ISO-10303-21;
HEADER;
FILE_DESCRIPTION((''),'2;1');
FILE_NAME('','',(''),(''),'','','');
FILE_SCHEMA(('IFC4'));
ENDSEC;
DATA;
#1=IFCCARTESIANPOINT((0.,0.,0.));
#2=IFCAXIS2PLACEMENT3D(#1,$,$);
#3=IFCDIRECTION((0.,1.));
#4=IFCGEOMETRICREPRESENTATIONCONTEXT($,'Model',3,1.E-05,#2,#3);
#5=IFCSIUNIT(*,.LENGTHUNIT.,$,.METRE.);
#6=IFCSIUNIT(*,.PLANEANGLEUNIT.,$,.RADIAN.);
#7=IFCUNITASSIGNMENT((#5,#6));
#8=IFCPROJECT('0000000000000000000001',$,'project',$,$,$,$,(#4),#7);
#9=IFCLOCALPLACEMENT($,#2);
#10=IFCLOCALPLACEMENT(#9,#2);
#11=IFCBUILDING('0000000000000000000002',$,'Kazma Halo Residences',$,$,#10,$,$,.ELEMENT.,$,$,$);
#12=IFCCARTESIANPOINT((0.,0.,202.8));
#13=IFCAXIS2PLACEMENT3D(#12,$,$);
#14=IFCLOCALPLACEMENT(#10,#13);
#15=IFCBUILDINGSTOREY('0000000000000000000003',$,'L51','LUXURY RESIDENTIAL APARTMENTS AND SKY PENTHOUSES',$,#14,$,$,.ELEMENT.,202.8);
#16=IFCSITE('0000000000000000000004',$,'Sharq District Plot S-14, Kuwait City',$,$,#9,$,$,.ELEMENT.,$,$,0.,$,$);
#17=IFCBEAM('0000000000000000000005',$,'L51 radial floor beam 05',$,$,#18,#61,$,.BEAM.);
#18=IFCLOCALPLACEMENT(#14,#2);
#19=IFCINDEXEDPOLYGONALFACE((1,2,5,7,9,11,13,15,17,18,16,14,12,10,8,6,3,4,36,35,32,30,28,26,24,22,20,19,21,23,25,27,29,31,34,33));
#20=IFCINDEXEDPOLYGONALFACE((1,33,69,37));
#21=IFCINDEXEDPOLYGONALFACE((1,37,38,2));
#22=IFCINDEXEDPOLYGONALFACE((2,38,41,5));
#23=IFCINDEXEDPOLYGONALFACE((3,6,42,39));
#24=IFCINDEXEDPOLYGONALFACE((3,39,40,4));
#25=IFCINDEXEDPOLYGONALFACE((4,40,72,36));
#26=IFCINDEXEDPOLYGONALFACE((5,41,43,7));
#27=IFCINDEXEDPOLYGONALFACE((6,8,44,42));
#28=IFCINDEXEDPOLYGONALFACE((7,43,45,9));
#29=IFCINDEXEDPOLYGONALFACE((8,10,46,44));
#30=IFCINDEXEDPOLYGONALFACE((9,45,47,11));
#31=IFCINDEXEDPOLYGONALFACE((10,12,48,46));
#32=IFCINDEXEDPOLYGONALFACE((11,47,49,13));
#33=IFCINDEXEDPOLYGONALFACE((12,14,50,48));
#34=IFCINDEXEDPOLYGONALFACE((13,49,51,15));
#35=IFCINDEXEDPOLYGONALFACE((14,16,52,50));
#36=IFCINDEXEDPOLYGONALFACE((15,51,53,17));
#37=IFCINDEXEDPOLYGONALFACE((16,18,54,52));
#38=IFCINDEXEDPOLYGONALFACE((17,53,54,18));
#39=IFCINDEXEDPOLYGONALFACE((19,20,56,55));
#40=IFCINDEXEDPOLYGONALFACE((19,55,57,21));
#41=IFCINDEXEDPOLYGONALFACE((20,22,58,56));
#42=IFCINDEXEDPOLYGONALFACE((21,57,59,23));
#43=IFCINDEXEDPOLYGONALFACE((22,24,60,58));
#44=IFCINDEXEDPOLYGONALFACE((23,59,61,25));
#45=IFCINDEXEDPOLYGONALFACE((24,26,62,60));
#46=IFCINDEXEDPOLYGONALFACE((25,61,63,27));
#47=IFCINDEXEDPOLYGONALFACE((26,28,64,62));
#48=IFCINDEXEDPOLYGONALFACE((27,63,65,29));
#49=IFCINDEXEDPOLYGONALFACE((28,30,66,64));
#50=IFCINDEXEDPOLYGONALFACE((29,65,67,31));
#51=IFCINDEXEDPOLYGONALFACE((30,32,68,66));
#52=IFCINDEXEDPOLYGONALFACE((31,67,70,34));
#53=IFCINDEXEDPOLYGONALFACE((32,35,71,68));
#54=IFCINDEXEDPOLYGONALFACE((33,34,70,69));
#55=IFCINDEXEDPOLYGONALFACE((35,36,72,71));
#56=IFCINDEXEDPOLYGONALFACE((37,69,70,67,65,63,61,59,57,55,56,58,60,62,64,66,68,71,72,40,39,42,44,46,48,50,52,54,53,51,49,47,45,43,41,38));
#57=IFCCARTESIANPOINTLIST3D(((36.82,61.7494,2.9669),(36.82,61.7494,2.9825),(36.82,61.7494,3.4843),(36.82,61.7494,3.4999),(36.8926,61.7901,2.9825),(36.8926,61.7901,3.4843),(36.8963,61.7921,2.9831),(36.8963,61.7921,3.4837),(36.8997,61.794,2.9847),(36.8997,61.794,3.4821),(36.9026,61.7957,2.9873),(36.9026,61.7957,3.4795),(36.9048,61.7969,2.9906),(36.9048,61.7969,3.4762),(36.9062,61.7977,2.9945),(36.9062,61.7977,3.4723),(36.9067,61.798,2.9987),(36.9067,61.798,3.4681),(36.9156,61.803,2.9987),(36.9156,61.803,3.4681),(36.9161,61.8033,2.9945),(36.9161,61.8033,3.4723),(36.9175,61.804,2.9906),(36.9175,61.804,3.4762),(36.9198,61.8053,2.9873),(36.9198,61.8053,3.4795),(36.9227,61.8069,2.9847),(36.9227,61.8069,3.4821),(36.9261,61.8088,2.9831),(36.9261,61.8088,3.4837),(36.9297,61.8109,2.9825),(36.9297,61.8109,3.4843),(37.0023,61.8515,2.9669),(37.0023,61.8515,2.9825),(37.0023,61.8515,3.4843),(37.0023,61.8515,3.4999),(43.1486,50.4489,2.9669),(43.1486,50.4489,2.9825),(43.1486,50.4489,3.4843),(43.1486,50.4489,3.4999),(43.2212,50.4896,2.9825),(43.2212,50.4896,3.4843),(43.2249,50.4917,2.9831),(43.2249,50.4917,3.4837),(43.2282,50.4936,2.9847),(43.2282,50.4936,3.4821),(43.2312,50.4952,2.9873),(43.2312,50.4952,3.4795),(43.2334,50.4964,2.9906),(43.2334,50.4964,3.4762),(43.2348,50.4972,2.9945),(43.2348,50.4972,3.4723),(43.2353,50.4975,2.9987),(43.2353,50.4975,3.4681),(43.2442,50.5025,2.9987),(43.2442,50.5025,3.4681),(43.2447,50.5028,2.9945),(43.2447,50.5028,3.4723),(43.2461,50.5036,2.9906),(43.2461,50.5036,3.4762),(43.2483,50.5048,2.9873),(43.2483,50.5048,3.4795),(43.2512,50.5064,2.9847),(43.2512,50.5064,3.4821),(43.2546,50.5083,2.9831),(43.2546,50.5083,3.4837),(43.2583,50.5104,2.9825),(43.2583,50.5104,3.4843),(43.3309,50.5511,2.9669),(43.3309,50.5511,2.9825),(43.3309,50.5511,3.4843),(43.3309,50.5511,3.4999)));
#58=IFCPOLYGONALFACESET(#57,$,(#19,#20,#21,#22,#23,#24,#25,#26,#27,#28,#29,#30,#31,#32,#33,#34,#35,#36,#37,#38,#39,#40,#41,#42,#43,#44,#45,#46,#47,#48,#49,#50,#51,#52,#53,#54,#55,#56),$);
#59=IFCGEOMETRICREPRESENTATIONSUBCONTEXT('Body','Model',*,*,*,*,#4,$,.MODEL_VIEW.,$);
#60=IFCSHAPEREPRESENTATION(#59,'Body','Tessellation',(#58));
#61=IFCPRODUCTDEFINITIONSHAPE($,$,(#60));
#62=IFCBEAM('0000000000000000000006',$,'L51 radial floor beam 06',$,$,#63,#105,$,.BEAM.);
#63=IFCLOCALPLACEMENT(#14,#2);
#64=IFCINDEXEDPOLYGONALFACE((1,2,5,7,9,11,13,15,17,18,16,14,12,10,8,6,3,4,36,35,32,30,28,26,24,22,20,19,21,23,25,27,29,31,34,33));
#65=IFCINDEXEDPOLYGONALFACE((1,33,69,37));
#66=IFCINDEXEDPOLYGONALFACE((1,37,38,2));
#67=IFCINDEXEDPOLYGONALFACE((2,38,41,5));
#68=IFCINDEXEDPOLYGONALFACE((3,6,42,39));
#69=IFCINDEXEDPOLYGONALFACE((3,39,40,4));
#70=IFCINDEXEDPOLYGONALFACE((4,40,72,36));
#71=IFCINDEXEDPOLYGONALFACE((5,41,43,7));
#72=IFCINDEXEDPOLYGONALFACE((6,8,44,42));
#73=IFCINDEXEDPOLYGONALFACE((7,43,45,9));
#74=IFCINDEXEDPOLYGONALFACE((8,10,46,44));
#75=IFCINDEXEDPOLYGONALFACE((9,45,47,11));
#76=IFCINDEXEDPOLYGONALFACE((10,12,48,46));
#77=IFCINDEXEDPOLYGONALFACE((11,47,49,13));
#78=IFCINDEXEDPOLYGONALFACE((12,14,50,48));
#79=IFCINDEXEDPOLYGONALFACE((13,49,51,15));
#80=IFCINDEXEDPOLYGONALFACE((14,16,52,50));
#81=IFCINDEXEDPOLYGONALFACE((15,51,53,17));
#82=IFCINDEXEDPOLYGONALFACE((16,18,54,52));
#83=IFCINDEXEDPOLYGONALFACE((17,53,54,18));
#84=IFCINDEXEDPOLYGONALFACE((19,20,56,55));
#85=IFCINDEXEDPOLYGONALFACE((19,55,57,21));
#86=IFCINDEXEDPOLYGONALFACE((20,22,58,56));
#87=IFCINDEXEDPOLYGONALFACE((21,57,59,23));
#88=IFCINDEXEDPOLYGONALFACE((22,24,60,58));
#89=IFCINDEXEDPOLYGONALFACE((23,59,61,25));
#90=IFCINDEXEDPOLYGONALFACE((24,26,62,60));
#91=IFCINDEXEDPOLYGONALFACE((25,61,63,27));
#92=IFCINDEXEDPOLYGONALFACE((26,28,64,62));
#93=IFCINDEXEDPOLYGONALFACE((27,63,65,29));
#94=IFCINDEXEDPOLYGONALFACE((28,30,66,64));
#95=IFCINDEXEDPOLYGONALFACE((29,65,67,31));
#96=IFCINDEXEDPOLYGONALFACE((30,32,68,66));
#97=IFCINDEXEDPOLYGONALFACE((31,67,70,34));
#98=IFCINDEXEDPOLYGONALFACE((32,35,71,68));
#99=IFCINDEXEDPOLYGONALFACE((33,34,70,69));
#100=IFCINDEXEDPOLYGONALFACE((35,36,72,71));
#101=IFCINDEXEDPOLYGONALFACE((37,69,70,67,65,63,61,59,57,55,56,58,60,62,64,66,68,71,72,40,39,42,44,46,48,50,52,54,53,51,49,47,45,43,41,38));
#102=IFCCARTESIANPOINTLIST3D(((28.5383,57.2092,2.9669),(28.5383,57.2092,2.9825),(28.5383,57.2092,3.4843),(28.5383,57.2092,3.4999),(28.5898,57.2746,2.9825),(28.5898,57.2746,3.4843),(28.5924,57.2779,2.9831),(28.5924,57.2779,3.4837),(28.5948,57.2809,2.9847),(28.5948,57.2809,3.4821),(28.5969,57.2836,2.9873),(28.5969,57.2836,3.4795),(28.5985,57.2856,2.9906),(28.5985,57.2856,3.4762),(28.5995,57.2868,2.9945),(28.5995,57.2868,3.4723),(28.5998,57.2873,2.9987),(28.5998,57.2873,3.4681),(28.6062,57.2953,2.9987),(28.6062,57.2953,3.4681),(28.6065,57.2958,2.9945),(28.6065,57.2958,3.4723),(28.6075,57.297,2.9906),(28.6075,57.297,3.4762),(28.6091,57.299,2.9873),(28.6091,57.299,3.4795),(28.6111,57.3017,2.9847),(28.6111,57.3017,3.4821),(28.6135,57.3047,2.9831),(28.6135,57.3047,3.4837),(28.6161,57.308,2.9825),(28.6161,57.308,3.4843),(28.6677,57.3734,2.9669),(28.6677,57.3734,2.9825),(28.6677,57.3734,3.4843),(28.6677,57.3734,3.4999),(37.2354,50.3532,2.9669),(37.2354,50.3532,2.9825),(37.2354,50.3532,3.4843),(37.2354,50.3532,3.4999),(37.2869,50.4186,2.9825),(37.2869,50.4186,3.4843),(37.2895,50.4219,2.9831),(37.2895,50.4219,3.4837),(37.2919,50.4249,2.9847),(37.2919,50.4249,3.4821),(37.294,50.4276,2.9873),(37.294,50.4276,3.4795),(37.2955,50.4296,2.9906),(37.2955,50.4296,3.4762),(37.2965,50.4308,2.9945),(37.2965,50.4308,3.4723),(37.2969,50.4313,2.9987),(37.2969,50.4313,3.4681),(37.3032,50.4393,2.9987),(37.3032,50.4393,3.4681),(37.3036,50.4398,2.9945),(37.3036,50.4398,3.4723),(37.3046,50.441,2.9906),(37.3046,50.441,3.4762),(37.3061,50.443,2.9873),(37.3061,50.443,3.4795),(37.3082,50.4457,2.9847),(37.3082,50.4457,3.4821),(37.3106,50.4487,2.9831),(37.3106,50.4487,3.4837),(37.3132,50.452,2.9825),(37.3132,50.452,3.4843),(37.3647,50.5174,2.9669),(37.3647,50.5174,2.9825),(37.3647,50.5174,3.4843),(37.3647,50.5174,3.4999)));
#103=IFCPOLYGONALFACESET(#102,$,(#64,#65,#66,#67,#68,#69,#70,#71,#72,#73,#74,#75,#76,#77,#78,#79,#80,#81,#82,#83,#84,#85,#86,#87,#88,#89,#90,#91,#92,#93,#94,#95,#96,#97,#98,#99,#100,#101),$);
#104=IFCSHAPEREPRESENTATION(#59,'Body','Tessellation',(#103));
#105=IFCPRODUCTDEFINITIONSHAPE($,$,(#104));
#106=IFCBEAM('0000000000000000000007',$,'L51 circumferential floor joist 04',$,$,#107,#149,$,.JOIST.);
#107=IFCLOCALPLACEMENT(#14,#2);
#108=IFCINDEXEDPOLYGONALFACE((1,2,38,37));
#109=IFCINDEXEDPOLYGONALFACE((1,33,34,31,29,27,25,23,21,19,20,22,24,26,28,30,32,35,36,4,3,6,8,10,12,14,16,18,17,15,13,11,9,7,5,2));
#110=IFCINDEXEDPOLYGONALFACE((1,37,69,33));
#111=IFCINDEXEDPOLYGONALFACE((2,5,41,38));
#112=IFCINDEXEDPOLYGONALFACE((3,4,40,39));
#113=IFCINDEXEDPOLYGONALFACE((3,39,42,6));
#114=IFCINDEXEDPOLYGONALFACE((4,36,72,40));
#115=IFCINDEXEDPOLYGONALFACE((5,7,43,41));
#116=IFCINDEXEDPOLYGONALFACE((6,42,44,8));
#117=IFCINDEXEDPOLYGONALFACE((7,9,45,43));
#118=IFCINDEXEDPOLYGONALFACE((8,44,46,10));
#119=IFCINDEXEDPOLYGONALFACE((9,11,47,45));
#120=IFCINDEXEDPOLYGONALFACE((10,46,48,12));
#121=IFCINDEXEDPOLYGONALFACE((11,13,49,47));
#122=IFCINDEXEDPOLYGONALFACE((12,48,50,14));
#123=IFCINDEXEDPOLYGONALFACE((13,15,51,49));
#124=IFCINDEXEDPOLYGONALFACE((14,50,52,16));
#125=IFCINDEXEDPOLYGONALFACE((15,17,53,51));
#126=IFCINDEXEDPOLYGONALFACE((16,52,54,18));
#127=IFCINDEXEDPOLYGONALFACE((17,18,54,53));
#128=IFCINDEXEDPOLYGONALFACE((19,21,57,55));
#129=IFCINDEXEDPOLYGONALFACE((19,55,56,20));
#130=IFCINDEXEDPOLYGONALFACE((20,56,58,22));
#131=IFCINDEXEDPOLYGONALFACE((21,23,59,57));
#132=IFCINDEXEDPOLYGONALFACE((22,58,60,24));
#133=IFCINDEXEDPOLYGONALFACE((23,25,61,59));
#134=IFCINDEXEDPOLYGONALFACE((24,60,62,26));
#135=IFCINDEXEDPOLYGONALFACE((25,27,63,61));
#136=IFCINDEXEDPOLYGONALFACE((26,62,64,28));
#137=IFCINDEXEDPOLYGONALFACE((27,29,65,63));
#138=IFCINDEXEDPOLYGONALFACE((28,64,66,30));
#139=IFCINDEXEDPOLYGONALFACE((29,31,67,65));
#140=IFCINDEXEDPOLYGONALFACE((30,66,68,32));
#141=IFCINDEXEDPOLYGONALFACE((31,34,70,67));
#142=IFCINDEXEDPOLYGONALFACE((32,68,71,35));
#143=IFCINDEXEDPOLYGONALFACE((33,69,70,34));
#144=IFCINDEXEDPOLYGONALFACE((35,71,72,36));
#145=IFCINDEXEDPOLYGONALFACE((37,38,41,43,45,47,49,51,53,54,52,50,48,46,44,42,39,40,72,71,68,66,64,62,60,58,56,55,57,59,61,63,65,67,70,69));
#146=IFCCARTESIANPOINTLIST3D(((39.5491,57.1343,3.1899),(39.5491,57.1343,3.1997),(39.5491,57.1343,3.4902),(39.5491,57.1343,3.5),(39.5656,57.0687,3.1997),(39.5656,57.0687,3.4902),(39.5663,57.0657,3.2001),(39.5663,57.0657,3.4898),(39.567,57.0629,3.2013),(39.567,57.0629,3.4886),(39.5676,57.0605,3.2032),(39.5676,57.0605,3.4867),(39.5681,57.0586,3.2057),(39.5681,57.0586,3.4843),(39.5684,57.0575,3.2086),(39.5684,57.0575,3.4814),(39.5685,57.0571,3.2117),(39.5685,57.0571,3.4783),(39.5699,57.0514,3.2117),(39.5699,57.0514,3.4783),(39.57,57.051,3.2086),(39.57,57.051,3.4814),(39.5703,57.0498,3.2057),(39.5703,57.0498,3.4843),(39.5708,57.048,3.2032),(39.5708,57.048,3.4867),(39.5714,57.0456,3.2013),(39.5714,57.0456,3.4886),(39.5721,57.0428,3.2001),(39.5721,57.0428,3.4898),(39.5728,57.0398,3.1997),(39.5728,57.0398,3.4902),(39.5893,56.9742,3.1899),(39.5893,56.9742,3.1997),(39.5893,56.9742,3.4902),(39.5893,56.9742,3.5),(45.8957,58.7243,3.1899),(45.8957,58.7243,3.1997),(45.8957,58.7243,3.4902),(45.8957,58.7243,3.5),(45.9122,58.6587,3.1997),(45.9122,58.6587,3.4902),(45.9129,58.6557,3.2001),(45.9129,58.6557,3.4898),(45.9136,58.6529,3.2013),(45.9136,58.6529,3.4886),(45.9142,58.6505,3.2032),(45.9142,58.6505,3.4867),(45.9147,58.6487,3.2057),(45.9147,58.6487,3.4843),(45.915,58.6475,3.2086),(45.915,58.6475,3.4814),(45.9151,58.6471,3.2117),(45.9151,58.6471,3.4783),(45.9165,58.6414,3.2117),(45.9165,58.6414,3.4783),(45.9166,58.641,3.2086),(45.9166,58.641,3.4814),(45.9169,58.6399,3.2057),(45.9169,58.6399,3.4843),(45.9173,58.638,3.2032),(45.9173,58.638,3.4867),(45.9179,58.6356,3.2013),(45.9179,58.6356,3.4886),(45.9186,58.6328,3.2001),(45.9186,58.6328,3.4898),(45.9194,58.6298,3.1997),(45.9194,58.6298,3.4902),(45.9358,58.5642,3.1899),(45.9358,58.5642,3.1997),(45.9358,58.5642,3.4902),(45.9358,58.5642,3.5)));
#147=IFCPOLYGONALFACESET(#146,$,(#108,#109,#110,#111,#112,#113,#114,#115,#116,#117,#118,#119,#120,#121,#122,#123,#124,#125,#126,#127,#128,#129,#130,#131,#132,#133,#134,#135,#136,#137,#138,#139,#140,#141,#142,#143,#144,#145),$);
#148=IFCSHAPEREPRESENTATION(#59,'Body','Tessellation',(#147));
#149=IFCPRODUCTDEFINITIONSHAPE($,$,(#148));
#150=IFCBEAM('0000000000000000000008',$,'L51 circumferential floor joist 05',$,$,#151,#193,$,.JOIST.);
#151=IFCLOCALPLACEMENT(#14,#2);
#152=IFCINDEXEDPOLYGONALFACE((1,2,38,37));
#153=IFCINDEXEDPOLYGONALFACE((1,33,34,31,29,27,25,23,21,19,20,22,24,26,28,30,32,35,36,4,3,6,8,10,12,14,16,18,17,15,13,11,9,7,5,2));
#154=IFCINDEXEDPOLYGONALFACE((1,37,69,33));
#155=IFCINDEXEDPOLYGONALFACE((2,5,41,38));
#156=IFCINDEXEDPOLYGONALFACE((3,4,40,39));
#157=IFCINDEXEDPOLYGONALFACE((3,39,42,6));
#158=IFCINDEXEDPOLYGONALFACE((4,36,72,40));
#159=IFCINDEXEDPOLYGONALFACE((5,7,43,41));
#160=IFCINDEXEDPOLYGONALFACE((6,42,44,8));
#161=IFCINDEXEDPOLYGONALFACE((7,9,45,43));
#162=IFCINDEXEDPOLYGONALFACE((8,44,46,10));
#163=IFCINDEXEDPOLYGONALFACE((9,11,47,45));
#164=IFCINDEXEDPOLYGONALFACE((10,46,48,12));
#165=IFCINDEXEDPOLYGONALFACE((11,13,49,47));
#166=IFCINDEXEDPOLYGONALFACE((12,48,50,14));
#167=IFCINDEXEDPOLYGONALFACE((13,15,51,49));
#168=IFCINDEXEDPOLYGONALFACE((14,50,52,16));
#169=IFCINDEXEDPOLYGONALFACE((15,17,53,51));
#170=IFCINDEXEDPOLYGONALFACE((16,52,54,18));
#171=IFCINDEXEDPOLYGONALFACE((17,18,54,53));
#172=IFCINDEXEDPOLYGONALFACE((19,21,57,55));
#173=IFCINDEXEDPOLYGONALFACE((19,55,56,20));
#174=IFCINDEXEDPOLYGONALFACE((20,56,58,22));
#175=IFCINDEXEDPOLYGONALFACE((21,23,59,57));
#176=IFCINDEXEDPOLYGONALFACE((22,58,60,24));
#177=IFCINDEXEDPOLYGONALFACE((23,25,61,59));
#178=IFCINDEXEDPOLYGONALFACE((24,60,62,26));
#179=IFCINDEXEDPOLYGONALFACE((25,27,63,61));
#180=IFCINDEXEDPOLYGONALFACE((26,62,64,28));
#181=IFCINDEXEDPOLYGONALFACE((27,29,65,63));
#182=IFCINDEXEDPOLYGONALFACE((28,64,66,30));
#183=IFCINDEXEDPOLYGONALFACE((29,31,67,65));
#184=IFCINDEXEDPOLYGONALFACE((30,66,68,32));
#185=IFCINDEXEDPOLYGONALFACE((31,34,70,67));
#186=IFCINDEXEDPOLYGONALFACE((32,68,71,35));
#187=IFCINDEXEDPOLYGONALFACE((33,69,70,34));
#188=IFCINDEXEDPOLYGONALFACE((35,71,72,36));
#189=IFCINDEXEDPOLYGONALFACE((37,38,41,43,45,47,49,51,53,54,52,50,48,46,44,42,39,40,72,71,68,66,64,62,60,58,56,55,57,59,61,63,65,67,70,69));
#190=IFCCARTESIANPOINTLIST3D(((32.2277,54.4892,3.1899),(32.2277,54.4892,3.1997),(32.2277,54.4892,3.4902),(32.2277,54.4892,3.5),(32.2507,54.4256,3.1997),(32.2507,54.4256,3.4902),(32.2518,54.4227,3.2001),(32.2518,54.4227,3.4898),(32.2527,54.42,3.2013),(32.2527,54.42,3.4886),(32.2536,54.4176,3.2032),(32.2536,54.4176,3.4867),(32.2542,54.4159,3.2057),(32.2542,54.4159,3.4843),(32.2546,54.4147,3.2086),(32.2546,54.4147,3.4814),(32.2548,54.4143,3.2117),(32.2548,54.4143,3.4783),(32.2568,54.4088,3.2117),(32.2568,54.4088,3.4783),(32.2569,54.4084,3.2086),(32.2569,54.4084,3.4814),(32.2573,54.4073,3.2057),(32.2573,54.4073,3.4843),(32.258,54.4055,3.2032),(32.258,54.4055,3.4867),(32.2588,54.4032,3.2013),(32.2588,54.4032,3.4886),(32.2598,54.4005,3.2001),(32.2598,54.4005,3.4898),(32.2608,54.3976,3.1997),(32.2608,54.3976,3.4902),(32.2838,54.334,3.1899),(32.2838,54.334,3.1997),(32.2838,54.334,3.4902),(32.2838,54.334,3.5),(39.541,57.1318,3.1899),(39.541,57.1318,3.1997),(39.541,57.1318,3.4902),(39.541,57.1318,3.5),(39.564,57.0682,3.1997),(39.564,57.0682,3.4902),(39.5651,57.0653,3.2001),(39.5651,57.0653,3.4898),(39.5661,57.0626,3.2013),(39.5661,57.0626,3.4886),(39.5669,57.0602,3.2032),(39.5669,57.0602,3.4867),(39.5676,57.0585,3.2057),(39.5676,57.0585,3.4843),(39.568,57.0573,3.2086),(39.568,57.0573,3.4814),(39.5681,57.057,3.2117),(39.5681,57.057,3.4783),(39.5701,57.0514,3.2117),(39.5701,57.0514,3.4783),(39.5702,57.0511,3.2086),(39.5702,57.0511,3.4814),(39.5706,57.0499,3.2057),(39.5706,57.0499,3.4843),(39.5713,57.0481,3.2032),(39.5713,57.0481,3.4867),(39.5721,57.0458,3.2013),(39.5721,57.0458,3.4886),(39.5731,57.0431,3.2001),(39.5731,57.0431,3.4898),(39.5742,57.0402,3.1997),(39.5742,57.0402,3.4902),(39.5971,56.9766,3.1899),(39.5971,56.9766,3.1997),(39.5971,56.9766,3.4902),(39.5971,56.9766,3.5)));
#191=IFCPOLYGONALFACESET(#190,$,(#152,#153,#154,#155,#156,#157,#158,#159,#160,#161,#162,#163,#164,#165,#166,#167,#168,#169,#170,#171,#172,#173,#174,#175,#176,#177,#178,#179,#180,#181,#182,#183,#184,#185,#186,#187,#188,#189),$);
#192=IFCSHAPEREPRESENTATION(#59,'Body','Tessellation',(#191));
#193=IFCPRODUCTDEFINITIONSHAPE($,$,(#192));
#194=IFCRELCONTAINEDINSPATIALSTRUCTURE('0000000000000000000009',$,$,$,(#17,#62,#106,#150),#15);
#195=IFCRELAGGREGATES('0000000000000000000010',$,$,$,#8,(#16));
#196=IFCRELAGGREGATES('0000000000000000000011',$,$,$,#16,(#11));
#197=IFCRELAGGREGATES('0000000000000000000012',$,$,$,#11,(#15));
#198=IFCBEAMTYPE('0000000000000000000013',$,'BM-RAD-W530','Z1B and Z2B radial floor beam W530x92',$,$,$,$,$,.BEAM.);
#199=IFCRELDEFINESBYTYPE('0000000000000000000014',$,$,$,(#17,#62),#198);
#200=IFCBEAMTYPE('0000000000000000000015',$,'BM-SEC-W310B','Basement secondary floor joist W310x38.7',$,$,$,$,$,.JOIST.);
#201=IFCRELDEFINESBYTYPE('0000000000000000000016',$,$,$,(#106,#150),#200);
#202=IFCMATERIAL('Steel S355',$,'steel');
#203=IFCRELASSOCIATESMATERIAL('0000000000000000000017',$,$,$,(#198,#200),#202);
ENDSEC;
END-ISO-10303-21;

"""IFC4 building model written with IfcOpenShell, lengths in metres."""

from ifc_helpers import new_model, si_unit, direction, frame, origin, origin_2d, place, context, subcontext, project, spatial, i_section, extrude, material, material_profile, profile_set, type_object, element, save


model = new_model("IFC4")

# Units and contexts
model_context = context("Model", 3, precision=1e-05, world=origin(), true_north=direction((0.0, 1.0)))
body_context = subcontext(model_context, "Body", "Model", "MODEL_VIEW")
ifc_project = project(units=[si_unit("LENGTHUNIT", "METRE"), si_unit("PLANEANGLEUNIT", "RADIAN")], contexts=[model_context])

# Site, building, storey
site_placement = place(None, origin())
site = spatial("IfcSite", under=ifc_project, at=site_placement, Name="Sharq District Plot S-14, Kuwait City", CompositionType="ELEMENT", RefElevation=0.0)
building_placement = place(site_placement, origin())
building = spatial("IfcBuilding", under=site, at=building_placement, Name="Kazma Halo Residences", CompositionType="ELEMENT")
storey_placement = place(building_placement, frame((0.0, 0.0, 202.8)))
storey = spatial("IfcBuildingStorey", under=building, at=storey_placement, Name="L51", Description="LUXURY RESIDENTIAL APARTMENTS AND SKY PENTHOUSES", CompositionType="ELEMENT", Elevation=202.8)

# Beams
ifc_material_1 = material(Name="Steel S355", Category="steel")
ifc_material_profile_1 = material_profile(ifc_material_1, i_section(OverallWidth=0.209, OverallDepth=0.533, WebThickness=0.0103, FlangeThickness=0.0156, FilletRadius=0.0161, at=origin_2d()), Name="W530x92")
ifc_profile_set_1 = profile_set([ifc_material_profile_1], Name="Steel S355")
beam_type_1 = type_object("IfcBeamType", Name="BM-RAD-W530", Description="Z1B and Z2B radial floor beam W530x92", PredefinedType="BEAM", material=ifc_profile_set_1)
beam_1_placement = place(storey_placement, frame((43.2397, 50.5, 3.2334), z_axis=(-0.488622, 0.872496, 0.0), x_axis=(-0.872496, -0.488622, 0.0)))
element("IfcBeam", 1, at=beam_1_placement, inside=storey, type_object=beam_type_1, Name="L51 radial floor beam 05", PredefinedType="BEAM", context=body_context, shape_type="SweptSolid", body=[
    extrude(i_section(OverallWidth=0.209, OverallDepth=0.533, WebThickness=0.0103, FlangeThickness=0.0156, FilletRadius=0.0161, at=origin_2d()), origin(), (0.0, 0.0, 1.0), 12.9519),
])
beam_2_placement = place(storey_placement, frame((37.3, 50.4353, 3.2334), z_axis=(-0.785327, 0.619082, 0.0), x_axis=(-0.619082, -0.785327, 0.0)))
element("IfcBeam", 2, at=beam_2_placement, inside=storey, type_object=beam_type_1, Name="L51 radial floor beam 06", PredefinedType="BEAM", context=body_context, shape_type="SweptSolid", body=[
    extrude(i_section(OverallWidth=0.209, OverallDepth=0.533, WebThickness=0.0103, FlangeThickness=0.0156, FilletRadius=0.0161, at=origin_2d()), origin(), (0.0, 0.0, 1.0), 11.0745),
])
ifc_material_profile_2 = material_profile(ifc_material_1, i_section(OverallWidth=0.165, OverallDepth=0.3101, WebThickness=0.0059, FlangeThickness=0.0098, FilletRadius=0.012, at=origin_2d()), Name="W310x38.7")
ifc_profile_set_2 = profile_set([ifc_material_profile_2], Name="Steel S355")
beam_type_2 = type_object("IfcBeamType", Name="BM-SEC-W310B", Description="Basement secondary floor joist W310x38.7", PredefinedType="JOIST", material=ifc_profile_set_2)
beam_3_placement = place(storey_placement, frame((45.9158, 58.6443, 3.345), z_axis=(-0.970019, -0.243027, 0.0), x_axis=(0.243027, -0.970019, 0.0)))
element("IfcBeam", 3, at=beam_3_placement, inside=storey, type_object=beam_type_2, Name="L51 circumferential floor joist 04", PredefinedType="JOIST", context=body_context, shape_type="SweptSolid", body=[
    extrude(i_section(OverallWidth=0.165, OverallDepth=0.3101, WebThickness=0.0059, FlangeThickness=0.0098, FilletRadius=0.012, at=origin_2d()), origin(), (0.0, 0.0, 1.0), 6.5427),
])
beam_4_placement = place(storey_placement, frame((39.5691, 57.0542, 3.345), z_axis=(-0.940485, -0.339837, 0.0), x_axis=(0.339837, -0.940485, 0.0)))
element("IfcBeam", 4, at=beam_4_placement, inside=storey, type_object=beam_type_2, Name="L51 circumferential floor joist 05", PredefinedType="JOIST", context=body_context, shape_type="SweptSolid", body=[
    extrude(i_section(OverallWidth=0.165, OverallDepth=0.3101, WebThickness=0.0059, FlangeThickness=0.0098, FilletRadius=0.012, at=origin_2d()), origin(), (0.0, 0.0, 1.0), 7.7761),
])

save(model, "model.ifc")
